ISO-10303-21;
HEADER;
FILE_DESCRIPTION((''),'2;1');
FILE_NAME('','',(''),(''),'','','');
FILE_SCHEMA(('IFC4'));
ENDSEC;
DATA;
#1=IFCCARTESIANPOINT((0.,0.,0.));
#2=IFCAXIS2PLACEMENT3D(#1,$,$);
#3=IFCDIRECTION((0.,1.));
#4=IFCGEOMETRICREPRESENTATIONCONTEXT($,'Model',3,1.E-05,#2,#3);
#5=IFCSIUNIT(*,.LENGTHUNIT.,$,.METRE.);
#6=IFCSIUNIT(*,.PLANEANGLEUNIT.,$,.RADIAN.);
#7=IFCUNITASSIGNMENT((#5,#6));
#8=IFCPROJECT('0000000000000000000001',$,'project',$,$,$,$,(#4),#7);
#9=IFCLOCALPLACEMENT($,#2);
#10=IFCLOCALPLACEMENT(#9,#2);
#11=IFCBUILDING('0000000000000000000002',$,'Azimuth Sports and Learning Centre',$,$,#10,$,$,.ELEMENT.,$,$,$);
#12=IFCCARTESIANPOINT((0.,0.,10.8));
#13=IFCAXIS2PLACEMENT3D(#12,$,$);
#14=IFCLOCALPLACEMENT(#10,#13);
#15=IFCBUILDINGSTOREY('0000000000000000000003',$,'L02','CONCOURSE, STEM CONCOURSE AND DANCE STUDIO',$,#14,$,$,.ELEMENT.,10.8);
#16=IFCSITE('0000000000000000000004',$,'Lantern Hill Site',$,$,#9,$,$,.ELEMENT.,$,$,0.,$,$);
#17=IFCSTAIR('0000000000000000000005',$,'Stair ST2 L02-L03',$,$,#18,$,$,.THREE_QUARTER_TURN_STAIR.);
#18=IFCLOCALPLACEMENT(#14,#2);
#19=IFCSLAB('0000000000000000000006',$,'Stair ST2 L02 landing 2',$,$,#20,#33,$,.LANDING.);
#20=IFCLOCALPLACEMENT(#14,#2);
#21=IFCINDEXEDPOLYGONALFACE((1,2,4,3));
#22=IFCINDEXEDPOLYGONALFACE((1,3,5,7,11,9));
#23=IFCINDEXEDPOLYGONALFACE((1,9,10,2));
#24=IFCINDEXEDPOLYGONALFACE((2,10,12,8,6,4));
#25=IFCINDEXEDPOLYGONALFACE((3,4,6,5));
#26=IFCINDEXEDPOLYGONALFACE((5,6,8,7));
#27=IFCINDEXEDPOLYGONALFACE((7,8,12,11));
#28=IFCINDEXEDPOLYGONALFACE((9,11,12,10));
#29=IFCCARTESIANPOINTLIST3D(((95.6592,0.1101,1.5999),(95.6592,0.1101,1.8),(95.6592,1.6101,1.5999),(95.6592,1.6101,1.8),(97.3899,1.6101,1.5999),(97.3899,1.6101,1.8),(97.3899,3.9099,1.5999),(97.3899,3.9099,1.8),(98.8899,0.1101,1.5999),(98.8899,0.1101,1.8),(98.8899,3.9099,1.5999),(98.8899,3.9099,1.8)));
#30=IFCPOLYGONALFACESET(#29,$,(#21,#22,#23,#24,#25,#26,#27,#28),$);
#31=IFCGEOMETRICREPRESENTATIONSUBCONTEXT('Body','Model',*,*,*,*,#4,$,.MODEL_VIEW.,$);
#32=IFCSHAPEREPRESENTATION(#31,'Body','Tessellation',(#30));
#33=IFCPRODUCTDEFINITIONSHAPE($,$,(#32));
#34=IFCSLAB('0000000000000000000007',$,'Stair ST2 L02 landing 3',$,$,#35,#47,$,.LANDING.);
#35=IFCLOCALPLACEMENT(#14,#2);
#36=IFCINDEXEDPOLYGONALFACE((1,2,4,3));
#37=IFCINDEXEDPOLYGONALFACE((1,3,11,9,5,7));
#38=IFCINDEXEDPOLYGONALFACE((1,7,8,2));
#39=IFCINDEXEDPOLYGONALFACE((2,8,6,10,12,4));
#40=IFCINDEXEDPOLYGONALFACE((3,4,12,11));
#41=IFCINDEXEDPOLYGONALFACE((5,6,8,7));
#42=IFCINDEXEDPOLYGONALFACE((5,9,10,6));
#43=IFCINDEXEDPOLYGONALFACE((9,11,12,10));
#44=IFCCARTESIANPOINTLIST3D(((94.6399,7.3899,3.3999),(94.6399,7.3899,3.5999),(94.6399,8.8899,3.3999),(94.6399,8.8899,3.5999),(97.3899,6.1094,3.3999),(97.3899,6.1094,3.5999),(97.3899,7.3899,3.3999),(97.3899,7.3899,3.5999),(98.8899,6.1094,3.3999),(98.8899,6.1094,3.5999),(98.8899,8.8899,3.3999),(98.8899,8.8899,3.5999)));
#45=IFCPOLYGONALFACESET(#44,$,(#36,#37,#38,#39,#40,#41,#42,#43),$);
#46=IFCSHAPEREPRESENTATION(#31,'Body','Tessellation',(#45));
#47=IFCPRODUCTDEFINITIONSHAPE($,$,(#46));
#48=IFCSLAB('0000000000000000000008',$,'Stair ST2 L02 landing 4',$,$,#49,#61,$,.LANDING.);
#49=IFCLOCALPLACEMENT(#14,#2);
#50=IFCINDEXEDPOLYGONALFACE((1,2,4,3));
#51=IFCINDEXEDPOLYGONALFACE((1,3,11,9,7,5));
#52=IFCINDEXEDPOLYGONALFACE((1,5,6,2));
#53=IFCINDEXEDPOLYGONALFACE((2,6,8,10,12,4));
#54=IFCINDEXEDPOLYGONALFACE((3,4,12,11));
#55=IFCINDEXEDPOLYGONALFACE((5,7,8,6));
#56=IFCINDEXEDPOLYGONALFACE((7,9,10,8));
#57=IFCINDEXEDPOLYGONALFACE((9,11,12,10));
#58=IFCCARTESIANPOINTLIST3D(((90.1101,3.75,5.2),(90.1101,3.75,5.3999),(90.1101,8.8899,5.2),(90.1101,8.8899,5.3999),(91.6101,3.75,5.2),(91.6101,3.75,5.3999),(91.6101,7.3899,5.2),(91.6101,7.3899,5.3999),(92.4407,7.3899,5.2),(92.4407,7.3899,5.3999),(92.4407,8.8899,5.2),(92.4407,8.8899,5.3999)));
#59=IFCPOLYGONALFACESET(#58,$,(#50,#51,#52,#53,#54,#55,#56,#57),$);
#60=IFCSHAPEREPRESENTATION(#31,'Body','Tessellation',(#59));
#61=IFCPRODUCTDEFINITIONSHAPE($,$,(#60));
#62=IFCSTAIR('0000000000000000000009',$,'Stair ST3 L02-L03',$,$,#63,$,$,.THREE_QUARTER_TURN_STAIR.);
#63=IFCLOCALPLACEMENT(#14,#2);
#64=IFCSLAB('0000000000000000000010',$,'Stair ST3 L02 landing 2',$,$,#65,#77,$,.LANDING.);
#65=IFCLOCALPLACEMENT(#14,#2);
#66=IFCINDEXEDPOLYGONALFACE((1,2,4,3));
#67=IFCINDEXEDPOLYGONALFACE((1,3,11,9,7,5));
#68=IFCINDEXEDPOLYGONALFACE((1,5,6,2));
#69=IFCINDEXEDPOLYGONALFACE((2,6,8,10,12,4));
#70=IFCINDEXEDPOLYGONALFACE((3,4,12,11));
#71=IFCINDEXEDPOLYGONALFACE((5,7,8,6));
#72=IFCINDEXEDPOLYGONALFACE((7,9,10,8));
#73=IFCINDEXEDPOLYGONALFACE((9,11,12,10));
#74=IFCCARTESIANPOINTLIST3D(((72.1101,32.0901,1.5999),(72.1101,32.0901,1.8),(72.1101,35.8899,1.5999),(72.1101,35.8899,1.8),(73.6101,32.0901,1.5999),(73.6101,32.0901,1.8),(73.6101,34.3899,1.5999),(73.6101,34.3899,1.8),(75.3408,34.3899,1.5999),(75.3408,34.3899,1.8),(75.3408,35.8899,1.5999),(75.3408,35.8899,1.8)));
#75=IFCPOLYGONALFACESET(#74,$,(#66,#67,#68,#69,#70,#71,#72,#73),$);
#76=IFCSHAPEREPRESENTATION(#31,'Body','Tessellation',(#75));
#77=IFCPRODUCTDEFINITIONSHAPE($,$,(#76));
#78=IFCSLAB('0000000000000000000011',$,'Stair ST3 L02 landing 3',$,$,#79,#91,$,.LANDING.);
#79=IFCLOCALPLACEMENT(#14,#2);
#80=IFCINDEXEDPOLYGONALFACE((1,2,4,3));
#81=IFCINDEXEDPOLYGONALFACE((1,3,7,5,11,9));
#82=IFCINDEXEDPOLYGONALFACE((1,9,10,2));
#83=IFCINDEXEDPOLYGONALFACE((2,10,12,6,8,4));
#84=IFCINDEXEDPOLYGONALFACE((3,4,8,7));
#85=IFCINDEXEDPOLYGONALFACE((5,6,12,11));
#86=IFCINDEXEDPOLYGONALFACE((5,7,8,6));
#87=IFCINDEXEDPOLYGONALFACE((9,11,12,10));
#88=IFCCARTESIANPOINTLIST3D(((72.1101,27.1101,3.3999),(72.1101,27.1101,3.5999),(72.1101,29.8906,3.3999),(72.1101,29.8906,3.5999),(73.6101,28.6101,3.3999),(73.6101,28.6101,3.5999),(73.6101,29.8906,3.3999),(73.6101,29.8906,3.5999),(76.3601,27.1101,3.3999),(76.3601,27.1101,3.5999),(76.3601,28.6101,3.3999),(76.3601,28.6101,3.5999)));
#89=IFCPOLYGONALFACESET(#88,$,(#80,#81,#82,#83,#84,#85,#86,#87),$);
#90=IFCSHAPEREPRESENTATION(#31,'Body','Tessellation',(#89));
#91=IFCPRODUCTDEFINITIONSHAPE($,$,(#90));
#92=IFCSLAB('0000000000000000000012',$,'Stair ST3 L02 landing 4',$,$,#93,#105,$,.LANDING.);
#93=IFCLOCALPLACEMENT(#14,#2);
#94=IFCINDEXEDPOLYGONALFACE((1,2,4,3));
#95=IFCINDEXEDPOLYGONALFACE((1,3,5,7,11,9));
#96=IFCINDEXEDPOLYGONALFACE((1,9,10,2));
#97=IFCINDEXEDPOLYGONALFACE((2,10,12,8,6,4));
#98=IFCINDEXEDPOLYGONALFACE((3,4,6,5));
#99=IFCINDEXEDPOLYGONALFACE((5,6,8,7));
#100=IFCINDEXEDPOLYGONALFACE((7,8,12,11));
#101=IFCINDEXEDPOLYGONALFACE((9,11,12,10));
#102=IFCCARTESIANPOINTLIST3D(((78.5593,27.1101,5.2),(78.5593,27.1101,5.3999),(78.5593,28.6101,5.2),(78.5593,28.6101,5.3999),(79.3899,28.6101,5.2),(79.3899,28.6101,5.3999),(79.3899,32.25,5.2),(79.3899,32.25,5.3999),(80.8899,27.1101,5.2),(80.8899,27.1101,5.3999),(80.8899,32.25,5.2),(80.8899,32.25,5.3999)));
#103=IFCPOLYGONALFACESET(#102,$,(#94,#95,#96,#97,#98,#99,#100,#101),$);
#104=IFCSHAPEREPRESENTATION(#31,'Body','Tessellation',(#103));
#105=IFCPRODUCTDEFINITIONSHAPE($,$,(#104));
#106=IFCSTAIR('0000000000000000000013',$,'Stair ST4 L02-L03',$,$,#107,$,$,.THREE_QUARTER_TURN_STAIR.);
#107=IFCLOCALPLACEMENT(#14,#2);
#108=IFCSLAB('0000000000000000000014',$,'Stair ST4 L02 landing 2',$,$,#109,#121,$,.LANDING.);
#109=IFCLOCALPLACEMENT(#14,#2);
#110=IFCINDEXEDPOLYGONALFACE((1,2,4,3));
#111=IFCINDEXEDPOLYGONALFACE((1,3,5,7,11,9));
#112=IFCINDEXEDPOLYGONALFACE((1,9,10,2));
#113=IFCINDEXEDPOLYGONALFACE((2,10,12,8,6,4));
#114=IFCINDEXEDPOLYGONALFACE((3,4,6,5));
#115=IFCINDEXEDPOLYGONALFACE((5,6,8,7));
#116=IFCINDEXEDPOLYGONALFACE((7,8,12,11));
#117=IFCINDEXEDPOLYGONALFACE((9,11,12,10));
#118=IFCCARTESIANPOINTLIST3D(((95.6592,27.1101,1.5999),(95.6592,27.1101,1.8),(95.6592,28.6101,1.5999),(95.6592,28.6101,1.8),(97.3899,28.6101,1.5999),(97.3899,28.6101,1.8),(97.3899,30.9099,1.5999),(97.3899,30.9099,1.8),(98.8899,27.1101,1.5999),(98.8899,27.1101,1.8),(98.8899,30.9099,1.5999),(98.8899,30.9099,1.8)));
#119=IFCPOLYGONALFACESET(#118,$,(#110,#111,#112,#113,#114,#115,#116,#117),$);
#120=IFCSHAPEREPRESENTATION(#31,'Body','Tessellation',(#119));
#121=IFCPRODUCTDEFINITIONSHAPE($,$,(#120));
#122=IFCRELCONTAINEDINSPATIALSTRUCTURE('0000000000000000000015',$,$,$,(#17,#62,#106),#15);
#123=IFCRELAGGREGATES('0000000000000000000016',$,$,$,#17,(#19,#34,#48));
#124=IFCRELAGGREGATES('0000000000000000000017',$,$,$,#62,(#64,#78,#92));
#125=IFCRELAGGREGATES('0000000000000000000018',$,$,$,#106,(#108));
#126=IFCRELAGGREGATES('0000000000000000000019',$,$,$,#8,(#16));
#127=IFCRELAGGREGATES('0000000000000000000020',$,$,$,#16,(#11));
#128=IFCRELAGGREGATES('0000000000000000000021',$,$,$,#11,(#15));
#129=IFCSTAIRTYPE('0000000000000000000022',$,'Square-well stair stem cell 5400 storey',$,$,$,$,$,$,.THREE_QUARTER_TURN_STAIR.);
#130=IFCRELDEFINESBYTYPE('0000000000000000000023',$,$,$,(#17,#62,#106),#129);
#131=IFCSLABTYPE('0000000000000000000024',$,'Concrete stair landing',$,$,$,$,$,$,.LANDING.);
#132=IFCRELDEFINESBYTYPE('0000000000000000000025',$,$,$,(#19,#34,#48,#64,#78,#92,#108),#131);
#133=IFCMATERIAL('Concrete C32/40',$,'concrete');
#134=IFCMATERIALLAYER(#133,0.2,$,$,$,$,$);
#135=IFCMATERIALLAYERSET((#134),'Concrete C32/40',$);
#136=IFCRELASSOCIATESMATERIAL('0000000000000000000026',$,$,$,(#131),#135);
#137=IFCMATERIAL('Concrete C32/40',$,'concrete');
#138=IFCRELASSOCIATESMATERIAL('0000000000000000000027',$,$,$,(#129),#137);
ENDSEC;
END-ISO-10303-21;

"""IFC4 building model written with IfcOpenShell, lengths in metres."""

from ifc_helpers import new_model, si_unit, direction, frame, origin, place, context, subcontext, project, spatial, polyline, outline, extrude, material, layer, layer_set, type_object, element, aggregate, save


model = new_model("IFC4")

# Units and contexts
model_context = context("Model", 3, precision=1e-05, world=origin(), true_north=direction((0.0, 1.0)))
body_context = subcontext(model_context, "Body", "Model", "MODEL_VIEW")
ifc_project = project(units=[si_unit("LENGTHUNIT", "METRE"), si_unit("PLANEANGLEUNIT", "RADIAN")], contexts=[model_context])

# Site, building, storey
site_placement = place(None, origin())
site = spatial("IfcSite", under=ifc_project, at=site_placement, Name="Lantern Hill Site", CompositionType="ELEMENT", RefElevation=0.0)
building_placement = place(site_placement, origin())
building = spatial("IfcBuilding", under=site, at=building_placement, Name="Azimuth Sports and Learning Centre", CompositionType="ELEMENT")
storey_placement = place(building_placement, frame((0.0, 0.0, 10.8)))
storey = spatial("IfcBuildingStorey", under=building, at=storey_placement, Name="L02", Description="CONCOURSE, STEM CONCOURSE AND DANCE STUDIO", CompositionType="ELEMENT", Elevation=10.8)

# Stairs, slabs
ifc_material_1 = material(Name="Concrete C32/40", Category="concrete")
ifc_layer = layer(ifc_material_1, 0.2)
ifc_layer_set = layer_set([ifc_layer], Name="Concrete C32/40")
slab_type = type_object("IfcSlabType", Name="Concrete stair landing", PredefinedType="LANDING", material=ifc_layer_set)
ifc_material_2 = material(Name="Concrete C32/40", Category="concrete")
stair_type_1 = type_object("IfcStairType", Name="Square-well stair stem cell 5400 storey", PredefinedType="THREE_QUARTER_TURN_STAIR", material=ifc_material_2)
stair_1_placement = place(storey_placement, origin())
stair_1 = element("IfcStair", 1, at=stair_1_placement, inside=storey, type_object=stair_type_1, Name="Stair ST2 L02-L03", PredefinedType="THREE_QUARTER_TURN_STAIR")
slab_1_placement = place(storey_placement, frame((0.0, 0.0, 1.5999)))
slab_1 = element("IfcSlab", 2, at=slab_1_placement, type_object=slab_type, Name="Stair ST2 L02 landing 2", PredefinedType="LANDING", context=body_context, shape_type="SweptSolid", body=[
    extrude(outline(polyline([(97.3899, 1.6101), (95.6592, 1.6101), (95.6592, 0.1101), (98.8899, 0.1101), (98.8899, 3.9099), (97.3899, 3.9099), (97.3899, 1.6101)])), origin(), (0.0, 0.0, 1.0), 0.2002),
])
slab_2_placement = place(storey_placement, frame((0.0, 0.0, 3.3999)))
slab_2 = element("IfcSlab", 3, at=slab_2_placement, type_object=slab_type, Name="Stair ST2 L02 landing 3", PredefinedType="LANDING", context=body_context, shape_type="SweptSolid", body=[
    extrude(outline(polyline([(97.3899, 7.3899), (97.3899, 6.1094), (98.8899, 6.1094), (98.8899, 8.8899), (94.6399, 8.8899), (94.6399, 7.3899), (97.3899, 7.3899)])), origin(), (0.0, 0.0, 1.0), 0.2),
])
slab_3_placement = place(storey_placement, frame((0.0, 0.0, 5.2)))
slab_3 = element("IfcSlab", 4, at=slab_3_placement, type_object=slab_type, Name="Stair ST2 L02 landing 4", PredefinedType="LANDING", context=body_context, shape_type="SweptSolid", body=[
    extrude(outline(polyline([(91.6101, 7.3899), (92.4407, 7.3899), (92.4407, 8.8899), (90.1101, 8.8899), (90.1101, 3.75), (91.6101, 3.75), (91.6101, 7.3899)])), origin(), (0.0, 0.0, 1.0), 0.2),
])
aggregate(stair_1, [slab_1, slab_2, slab_3])
stair_2_placement = place(storey_placement, origin())
stair_2 = element("IfcStair", 5, at=stair_2_placement, inside=storey, type_object=stair_type_1, Name="Stair ST3 L02-L03", PredefinedType="THREE_QUARTER_TURN_STAIR")
slab_4_placement = place(storey_placement, frame((0.0, 0.0, 1.5999)))
slab_4 = element("IfcSlab", 6, at=slab_4_placement, type_object=slab_type, Name="Stair ST3 L02 landing 2", PredefinedType="LANDING", context=body_context, shape_type="SweptSolid", body=[
    extrude(outline(polyline([(73.6101, 34.3899), (75.3408, 34.3899), (75.3408, 35.8899), (72.1101, 35.8899), (72.1101, 32.0901), (73.6101, 32.0901), (73.6101, 34.3899)])), origin(), (0.0, 0.0, 1.0), 0.2002),
])
slab_5_placement = place(storey_placement, frame((0.0, 0.0, 3.3999)))
slab_5 = element("IfcSlab", 7, at=slab_5_placement, type_object=slab_type, Name="Stair ST3 L02 landing 3", PredefinedType="LANDING", context=body_context, shape_type="SweptSolid", body=[
    extrude(outline(polyline([(73.6101, 28.6101), (73.6101, 29.8906), (72.1101, 29.8906), (72.1101, 27.1101), (76.3601, 27.1101), (76.3601, 28.6101), (73.6101, 28.6101)])), origin(), (0.0, 0.0, 1.0), 0.2),
])
slab_6_placement = place(storey_placement, frame((0.0, 0.0, 5.2)))
slab_6 = element("IfcSlab", 8, at=slab_6_placement, type_object=slab_type, Name="Stair ST3 L02 landing 4", PredefinedType="LANDING", context=body_context, shape_type="SweptSolid", body=[
    extrude(outline(polyline([(79.3899, 28.6101), (78.5593, 28.6101), (78.5593, 27.1101), (80.8899, 27.1101), (80.8899, 32.25), (79.3899, 32.25), (79.3899, 28.6101)])), origin(), (0.0, 0.0, 1.0), 0.2),
])
aggregate(stair_2, [slab_4, slab_5, slab_6])

# Stair, slab
stair_3_placement = place(storey_placement, origin())
stair_3 = element("IfcStair", 9, at=stair_3_placement, inside=storey, type_object=stair_type_1, Name="Stair ST4 L02-L03", PredefinedType="THREE_QUARTER_TURN_STAIR")
slab_7_placement = place(storey_placement, frame((0.0, 0.0, 1.5999)))
slab_7 = element("IfcSlab", 10, at=slab_7_placement, type_object=slab_type, Name="Stair ST4 L02 landing 2", PredefinedType="LANDING", context=body_context, shape_type="SweptSolid", body=[
    extrude(outline(polyline([(97.3899, 28.6101), (95.6592, 28.6101), (95.6592, 27.1101), (98.8899, 27.1101), (98.8899, 30.9099), (97.3899, 30.9099), (97.3899, 28.6101)])), origin(), (0.0, 0.0, 1.0), 0.2002),
])
aggregate(stair_3, [slab_7])

save(model, "model.ifc")
